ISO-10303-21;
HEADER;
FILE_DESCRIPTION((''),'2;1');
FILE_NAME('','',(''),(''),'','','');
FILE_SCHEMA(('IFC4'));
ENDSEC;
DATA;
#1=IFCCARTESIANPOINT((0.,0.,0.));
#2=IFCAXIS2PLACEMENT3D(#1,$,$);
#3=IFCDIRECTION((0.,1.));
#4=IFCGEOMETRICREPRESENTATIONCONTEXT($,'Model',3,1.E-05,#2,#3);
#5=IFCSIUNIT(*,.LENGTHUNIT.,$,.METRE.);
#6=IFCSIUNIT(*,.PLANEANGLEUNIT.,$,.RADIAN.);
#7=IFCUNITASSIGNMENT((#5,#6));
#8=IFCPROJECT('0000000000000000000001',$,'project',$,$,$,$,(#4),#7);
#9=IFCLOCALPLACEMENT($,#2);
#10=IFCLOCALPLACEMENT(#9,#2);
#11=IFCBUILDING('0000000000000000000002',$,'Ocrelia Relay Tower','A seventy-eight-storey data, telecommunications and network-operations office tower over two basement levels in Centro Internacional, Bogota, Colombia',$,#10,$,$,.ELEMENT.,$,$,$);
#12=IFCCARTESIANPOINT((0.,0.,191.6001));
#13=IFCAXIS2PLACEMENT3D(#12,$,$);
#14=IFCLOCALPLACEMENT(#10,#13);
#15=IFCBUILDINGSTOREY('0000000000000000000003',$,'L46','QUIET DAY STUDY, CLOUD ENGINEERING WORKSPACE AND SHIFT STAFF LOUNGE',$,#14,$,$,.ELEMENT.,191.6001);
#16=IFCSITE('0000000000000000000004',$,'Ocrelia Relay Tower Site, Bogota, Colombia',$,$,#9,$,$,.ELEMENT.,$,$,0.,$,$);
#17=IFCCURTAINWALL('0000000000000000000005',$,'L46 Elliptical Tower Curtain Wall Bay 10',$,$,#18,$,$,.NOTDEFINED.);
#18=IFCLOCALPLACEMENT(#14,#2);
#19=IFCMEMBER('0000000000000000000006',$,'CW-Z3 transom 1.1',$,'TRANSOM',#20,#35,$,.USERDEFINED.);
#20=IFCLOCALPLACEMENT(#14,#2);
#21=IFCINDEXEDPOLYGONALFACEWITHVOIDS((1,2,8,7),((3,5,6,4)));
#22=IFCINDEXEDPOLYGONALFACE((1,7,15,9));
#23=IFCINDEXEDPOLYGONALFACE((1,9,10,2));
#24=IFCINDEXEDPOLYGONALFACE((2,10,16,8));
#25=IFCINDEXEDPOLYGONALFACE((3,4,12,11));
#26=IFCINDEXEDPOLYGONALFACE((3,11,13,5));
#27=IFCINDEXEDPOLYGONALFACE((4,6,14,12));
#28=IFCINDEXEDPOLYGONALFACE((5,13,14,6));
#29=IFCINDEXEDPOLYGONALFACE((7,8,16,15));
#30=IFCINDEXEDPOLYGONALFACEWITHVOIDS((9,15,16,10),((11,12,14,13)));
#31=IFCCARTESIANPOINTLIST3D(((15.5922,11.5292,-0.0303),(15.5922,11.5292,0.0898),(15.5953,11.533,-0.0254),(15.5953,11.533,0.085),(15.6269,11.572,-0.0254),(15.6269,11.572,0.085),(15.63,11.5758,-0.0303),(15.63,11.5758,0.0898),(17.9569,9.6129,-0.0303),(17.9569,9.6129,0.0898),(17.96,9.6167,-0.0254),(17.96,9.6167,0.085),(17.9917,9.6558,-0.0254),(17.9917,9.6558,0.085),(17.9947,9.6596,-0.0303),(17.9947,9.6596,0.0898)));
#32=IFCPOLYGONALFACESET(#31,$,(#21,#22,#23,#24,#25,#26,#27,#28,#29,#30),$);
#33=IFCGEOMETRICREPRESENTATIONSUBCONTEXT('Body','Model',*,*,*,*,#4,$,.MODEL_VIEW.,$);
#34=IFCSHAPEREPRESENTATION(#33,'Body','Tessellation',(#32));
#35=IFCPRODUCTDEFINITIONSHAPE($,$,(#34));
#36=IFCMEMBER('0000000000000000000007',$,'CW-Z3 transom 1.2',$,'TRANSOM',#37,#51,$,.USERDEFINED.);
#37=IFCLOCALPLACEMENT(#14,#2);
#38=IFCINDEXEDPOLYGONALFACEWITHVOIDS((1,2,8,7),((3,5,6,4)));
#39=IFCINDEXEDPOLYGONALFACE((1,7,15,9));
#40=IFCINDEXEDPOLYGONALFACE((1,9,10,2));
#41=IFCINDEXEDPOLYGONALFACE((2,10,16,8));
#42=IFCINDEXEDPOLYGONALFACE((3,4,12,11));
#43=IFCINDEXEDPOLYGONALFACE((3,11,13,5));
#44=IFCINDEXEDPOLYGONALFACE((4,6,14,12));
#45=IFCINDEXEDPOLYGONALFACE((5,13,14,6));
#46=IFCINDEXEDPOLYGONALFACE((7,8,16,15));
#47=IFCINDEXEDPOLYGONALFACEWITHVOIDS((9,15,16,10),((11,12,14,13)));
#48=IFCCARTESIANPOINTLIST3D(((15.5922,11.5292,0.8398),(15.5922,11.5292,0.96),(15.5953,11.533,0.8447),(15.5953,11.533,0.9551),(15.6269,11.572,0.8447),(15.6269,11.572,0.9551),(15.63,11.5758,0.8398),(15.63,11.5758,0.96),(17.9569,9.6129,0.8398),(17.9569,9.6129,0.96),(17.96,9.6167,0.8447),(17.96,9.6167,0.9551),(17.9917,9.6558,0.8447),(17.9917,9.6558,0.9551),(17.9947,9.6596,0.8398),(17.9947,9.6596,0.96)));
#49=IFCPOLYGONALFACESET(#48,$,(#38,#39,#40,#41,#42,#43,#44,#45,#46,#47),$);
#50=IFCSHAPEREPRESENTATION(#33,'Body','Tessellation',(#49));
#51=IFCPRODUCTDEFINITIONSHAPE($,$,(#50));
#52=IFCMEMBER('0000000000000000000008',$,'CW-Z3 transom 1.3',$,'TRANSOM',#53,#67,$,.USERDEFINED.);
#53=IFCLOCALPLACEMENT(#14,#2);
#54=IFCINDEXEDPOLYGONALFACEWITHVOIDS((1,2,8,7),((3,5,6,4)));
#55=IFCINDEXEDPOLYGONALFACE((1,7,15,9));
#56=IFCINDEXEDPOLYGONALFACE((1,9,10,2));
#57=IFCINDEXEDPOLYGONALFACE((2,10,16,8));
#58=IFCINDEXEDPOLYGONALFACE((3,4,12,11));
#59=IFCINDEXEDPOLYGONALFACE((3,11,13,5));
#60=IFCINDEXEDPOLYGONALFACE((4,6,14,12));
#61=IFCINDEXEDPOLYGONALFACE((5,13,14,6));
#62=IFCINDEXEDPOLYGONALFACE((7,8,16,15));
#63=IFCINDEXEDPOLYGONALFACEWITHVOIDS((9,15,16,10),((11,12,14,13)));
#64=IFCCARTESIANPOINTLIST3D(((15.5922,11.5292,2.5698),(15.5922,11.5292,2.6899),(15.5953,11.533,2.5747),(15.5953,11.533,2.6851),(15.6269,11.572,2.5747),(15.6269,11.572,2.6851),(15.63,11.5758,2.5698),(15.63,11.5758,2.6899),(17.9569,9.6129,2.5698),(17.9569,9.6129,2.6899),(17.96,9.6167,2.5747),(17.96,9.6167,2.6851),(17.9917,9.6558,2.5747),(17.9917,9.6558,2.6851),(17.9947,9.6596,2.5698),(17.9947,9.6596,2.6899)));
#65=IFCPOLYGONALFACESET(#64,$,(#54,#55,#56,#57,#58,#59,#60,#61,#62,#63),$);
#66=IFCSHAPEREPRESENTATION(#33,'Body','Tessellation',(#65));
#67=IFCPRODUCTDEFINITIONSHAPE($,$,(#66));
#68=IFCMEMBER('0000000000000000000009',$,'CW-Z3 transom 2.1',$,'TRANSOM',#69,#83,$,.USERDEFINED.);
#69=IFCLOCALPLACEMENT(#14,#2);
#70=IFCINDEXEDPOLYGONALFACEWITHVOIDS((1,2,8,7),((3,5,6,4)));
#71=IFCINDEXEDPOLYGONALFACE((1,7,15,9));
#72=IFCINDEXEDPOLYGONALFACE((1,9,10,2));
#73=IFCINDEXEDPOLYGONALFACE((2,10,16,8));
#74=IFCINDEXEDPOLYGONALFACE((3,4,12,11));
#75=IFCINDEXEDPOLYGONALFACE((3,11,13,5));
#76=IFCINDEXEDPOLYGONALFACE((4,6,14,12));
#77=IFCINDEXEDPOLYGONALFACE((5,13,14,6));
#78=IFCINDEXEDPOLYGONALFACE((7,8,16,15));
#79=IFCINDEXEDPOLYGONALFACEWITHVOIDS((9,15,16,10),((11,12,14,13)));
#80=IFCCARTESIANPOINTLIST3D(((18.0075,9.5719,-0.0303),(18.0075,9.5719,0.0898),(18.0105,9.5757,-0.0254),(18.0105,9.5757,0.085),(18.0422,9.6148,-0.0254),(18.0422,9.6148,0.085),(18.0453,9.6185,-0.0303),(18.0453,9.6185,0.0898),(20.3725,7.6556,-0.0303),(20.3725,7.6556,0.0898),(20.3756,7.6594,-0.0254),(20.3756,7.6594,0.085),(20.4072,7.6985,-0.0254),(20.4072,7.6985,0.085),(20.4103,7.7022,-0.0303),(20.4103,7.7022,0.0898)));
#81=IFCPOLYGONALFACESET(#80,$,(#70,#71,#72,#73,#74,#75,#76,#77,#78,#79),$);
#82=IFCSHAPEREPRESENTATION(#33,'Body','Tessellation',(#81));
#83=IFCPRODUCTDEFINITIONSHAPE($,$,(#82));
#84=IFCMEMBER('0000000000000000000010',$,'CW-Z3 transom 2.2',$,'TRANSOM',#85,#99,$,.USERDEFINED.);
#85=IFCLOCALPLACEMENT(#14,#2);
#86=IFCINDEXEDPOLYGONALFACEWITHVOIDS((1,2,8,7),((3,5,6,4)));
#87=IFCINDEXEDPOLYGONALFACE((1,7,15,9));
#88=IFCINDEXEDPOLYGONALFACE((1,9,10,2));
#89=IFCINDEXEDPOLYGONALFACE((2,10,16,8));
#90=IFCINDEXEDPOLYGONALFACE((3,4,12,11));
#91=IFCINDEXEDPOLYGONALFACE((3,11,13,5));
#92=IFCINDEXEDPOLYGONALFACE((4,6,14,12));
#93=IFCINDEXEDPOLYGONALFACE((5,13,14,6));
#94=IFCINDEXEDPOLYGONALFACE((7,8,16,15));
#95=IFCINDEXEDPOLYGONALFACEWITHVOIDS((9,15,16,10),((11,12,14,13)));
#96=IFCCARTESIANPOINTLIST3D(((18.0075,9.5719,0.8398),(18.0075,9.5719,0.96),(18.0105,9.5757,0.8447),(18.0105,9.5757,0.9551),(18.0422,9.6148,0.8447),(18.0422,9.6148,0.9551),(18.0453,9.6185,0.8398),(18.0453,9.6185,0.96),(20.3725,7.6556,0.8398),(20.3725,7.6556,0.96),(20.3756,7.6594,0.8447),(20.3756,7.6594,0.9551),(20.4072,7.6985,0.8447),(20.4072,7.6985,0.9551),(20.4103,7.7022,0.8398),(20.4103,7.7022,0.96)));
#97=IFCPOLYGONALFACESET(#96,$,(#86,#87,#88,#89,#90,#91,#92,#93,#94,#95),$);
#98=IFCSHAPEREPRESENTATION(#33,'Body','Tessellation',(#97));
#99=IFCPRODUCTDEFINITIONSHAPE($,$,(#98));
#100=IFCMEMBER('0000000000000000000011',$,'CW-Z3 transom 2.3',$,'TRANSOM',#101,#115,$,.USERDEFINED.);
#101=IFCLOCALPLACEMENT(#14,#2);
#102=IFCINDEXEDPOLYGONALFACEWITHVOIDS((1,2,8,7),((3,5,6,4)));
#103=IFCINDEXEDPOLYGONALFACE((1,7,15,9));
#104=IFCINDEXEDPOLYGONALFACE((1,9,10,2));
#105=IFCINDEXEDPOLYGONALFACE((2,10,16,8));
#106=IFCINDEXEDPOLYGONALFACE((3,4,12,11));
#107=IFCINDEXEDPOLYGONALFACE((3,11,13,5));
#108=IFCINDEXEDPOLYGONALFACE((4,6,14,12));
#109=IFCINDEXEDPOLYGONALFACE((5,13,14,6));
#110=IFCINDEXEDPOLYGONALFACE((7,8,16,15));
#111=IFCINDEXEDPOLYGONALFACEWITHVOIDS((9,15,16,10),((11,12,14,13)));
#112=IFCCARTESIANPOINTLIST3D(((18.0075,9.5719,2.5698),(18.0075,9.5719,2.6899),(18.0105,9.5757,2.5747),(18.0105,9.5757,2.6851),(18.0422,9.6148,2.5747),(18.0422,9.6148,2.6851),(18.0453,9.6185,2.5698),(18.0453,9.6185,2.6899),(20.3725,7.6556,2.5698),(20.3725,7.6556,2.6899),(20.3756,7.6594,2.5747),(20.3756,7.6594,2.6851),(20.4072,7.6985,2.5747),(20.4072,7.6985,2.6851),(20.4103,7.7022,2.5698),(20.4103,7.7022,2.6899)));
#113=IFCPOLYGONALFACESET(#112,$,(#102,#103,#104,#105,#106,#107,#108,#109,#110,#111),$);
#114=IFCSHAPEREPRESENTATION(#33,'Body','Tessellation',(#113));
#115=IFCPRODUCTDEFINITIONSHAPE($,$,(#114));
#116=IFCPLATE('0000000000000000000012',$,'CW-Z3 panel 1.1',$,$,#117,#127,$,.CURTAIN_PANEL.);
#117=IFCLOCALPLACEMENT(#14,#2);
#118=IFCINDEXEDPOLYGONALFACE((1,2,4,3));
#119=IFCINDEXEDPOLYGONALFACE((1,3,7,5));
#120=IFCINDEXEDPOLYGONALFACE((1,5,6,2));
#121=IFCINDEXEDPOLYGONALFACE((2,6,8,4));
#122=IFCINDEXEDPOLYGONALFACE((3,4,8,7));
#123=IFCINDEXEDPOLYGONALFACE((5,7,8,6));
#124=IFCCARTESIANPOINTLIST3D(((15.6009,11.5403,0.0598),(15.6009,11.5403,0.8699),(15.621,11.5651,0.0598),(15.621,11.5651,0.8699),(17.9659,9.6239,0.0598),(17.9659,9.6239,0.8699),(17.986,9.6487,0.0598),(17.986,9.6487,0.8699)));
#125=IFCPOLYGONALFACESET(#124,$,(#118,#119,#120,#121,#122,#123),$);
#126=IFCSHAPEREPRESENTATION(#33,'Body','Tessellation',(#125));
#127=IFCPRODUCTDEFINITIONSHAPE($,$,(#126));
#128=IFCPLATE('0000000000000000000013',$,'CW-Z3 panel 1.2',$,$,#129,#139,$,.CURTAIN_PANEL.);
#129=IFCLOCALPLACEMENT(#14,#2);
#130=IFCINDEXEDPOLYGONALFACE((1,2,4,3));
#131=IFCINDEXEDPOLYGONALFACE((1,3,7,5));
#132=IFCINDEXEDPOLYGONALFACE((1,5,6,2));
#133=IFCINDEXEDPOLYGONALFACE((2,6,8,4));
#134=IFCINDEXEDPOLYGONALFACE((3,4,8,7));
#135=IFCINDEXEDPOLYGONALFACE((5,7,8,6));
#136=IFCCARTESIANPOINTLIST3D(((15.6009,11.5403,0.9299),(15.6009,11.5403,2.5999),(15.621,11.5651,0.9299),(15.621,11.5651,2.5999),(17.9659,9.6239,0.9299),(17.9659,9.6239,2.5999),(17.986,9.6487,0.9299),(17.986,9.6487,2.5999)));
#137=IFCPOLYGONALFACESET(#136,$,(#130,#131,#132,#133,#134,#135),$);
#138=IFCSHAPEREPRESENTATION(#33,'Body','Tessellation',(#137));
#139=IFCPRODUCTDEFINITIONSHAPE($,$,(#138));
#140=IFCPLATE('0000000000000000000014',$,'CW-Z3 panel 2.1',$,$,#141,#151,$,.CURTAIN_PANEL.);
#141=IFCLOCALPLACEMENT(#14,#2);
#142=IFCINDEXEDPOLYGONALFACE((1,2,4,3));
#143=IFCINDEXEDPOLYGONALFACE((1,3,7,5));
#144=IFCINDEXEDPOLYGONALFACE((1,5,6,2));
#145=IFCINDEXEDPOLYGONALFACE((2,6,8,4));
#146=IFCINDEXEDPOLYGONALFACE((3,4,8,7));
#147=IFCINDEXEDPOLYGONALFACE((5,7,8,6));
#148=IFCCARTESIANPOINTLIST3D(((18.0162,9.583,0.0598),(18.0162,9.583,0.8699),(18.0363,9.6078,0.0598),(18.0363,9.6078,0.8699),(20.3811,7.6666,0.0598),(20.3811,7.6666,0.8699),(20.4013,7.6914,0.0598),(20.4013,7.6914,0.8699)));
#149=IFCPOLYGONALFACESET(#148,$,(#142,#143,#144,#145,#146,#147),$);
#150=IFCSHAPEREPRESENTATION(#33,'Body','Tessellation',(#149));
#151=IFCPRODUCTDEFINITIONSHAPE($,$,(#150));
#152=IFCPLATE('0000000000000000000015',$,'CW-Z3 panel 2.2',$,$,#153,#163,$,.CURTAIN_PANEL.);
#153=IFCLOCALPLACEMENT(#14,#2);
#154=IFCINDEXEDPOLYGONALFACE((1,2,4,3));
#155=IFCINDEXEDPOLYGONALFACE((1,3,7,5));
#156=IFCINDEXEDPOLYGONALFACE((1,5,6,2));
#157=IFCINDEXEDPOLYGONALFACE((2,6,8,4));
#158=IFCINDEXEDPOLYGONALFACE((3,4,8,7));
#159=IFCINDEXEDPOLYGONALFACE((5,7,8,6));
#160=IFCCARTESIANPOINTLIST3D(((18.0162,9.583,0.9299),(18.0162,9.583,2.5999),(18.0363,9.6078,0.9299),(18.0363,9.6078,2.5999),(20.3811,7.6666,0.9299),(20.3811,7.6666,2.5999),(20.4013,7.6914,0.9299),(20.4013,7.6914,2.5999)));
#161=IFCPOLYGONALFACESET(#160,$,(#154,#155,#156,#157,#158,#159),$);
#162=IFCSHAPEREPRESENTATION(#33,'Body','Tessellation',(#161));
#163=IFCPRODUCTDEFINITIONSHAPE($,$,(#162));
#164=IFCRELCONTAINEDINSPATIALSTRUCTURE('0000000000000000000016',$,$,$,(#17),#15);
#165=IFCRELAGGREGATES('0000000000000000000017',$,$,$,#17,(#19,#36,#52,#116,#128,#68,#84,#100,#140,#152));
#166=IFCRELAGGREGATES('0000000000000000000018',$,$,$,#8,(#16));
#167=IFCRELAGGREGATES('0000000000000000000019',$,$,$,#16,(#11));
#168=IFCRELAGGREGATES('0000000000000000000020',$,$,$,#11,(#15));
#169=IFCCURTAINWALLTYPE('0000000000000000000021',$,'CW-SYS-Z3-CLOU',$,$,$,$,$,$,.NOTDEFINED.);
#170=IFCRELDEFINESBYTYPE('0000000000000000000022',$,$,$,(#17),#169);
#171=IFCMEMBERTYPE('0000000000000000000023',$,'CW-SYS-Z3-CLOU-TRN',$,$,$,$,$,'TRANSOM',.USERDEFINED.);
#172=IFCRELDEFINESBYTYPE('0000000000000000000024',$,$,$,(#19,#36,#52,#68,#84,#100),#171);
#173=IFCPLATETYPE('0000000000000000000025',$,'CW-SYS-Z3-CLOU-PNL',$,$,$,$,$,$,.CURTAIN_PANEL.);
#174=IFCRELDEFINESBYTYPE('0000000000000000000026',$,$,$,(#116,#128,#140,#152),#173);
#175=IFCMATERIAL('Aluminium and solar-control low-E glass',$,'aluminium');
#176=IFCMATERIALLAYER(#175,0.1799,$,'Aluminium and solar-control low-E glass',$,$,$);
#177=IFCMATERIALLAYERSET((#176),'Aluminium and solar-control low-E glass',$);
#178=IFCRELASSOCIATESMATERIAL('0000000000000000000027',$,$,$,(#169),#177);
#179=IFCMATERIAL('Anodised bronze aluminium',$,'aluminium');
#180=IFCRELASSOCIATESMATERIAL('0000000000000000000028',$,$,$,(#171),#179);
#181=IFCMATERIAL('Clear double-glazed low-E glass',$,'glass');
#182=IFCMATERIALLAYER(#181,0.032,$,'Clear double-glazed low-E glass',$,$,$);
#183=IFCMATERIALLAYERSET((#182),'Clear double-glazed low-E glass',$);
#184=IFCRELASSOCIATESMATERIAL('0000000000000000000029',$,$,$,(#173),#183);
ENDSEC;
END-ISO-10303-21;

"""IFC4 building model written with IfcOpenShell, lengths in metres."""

from ifc_helpers import new_model, si_unit, direction, frame, origin, origin_2d, place, context, subcontext, project, spatial, rectangle, hollow_rectangle, extrude, material, layer, layer_set, material_profile, profile_set, type_object, element, aggregate, save


model = new_model("IFC4")

# Units and contexts
model_context = context("Model", 3, precision=1e-05, world=origin(), true_north=direction((0.0, 1.0)))
body_context = subcontext(model_context, "Body", "Model", "MODEL_VIEW")
ifc_project = project(units=[si_unit("LENGTHUNIT", "METRE"), si_unit("PLANEANGLEUNIT", "RADIAN")], contexts=[model_context])

# Site, building, storey
site_placement = place(None, origin())
site = spatial("IfcSite", under=ifc_project, at=site_placement, Name="Ocrelia Relay Tower Site, Bogota, Colombia", CompositionType="ELEMENT", RefElevation=0.0)
building_placement = place(site_placement, origin())
building = spatial("IfcBuilding", under=site, at=building_placement, Name="Ocrelia Relay Tower", Description="A seventy-eight-storey data, telecommunications and network-operations office tower over two basement levels in Centro Internacional, Bogota, Colombia", CompositionType="ELEMENT")
storey_placement = place(building_placement, frame((0.0, 0.0, 191.6001)))
storey = spatial("IfcBuildingStorey", under=building, at=storey_placement, Name="L46", Description="QUIET DAY STUDY, CLOUD ENGINEERING WORKSPACE AND SHIFT STAFF LOUNGE", CompositionType="ELEMENT", Elevation=191.6001)

# Curtain wall, members, plates
ifc_material_1 = material(Name="Aluminium and solar-control low-E glass", Category="aluminium")
ifc_layer_1 = layer(ifc_material_1, 0.1799, Name="Aluminium and solar-control low-E glass")
ifc_layer_set_1 = layer_set([ifc_layer_1], Name="Aluminium and solar-control low-E glass")
curtain_wall_type = type_object("IfcCurtainWallType", Name="CW-SYS-Z3-CLOU", PredefinedType="NOTDEFINED", material=ifc_layer_set_1)
curtain_wall_placement = place(storey_placement, origin())
curtain_wall = element("IfcCurtainWall", 1, at=curtain_wall_placement, inside=storey, type_object=curtain_wall_type, Name="L46 Elliptical Tower Curtain Wall Bay 10", PredefinedType="NOTDEFINED")
ifc_material_2 = material(Name="Anodised bronze aluminium", Category="aluminium")
ifc_material_profile_1 = material_profile(ifc_material_2, hollow_rectangle(XDim=0.0601, YDim=0.1201, WallThickness=0.0049, at=origin_2d()), Name="CW-TRN-120x60")
ifc_profile_set_1 = profile_set([ifc_material_profile_1], Name="Anodised bronze aluminium")
member_type_1 = type_object("IfcMemberType", Name="CW-SYS-Z3-CLOU-TRN", ElementType="TRANSOM", PredefinedType="USERDEFINED", material=ifc_profile_set_1)
member_1_placement = place(storey_placement, frame((15.6111, 11.5525, 0.0298), z_axis=(0.776933, -0.629583, 0.0), x_axis=(0.629583, 0.776933, 0.0)))
member_1 = element("IfcMember", 2, at=member_1_placement, type_object=member_type_1, Name="CW-Z3 transom 1.1", ObjectType="TRANSOM", PredefinedType="USERDEFINED", context=body_context, shape_type="SweptSolid", body=[
    extrude(hollow_rectangle(XDim=0.0601, YDim=0.1201, WallThickness=0.0049, at=origin_2d()), origin(), (0.0, 0.0, 1.0), 3.0437),
])
member_2_placement = place(storey_placement, frame((15.6111, 11.5525, 0.8999), z_axis=(0.776933, -0.629583, 0.0), x_axis=(0.629583, 0.776933, 0.0)))
member_2 = element("IfcMember", 3, at=member_2_placement, type_object=member_type_1, Name="CW-Z3 transom 1.2", ObjectType="TRANSOM", PredefinedType="USERDEFINED", context=body_context, shape_type="SweptSolid", body=[
    extrude(hollow_rectangle(XDim=0.0601, YDim=0.1201, WallThickness=0.0049, at=origin_2d()), origin(), (0.0, 0.0, 1.0), 3.0437),
])
member_3_placement = place(storey_placement, frame((15.6111, 11.5525, 2.6299), z_axis=(0.776933, -0.629583, 0.0), x_axis=(0.629583, 0.776933, 0.0)))
member_3 = element("IfcMember", 4, at=member_3_placement, type_object=member_type_1, Name="CW-Z3 transom 1.3", ObjectType="TRANSOM", PredefinedType="USERDEFINED", context=body_context, shape_type="SweptSolid", body=[
    extrude(hollow_rectangle(XDim=0.0601, YDim=0.1201, WallThickness=0.0049, at=origin_2d()), origin(), (0.0, 0.0, 1.0), 3.0437),
])
member_4_placement = place(storey_placement, frame((18.0264, 9.5952, 0.0298), z_axis=(0.776965, -0.629544, 0.0), x_axis=(0.629544, 0.776965, 0.0)))
member_4 = element("IfcMember", 5, at=member_4_placement, type_object=member_type_1, Name="CW-Z3 transom 2.1", ObjectType="TRANSOM", PredefinedType="USERDEFINED", context=body_context, shape_type="SweptSolid", body=[
    extrude(hollow_rectangle(XDim=0.0601, YDim=0.1201, WallThickness=0.0049, at=origin_2d()), origin(), (0.0, 0.0, 1.0), 3.0439),
])
member_5_placement = place(storey_placement, frame((18.0264, 9.5952, 0.8999), z_axis=(0.776965, -0.629544, 0.0), x_axis=(0.629544, 0.776965, 0.0)))
member_5 = element("IfcMember", 6, at=member_5_placement, type_object=member_type_1, Name="CW-Z3 transom 2.2", ObjectType="TRANSOM", PredefinedType="USERDEFINED", context=body_context, shape_type="SweptSolid", body=[
    extrude(hollow_rectangle(XDim=0.0601, YDim=0.1201, WallThickness=0.0049, at=origin_2d()), origin(), (0.0, 0.0, 1.0), 3.0439),
])
member_6_placement = place(storey_placement, frame((18.0264, 9.5952, 2.6299), z_axis=(0.776965, -0.629544, 0.0), x_axis=(0.629544, 0.776965, 0.0)))
member_6 = element("IfcMember", 7, at=member_6_placement, type_object=member_type_1, Name="CW-Z3 transom 2.3", ObjectType="TRANSOM", PredefinedType="USERDEFINED", context=body_context, shape_type="SweptSolid", body=[
    extrude(hollow_rectangle(XDim=0.0601, YDim=0.1201, WallThickness=0.0049, at=origin_2d()), origin(), (0.0, 0.0, 1.0), 3.0439),
])
ifc_material_3 = material(Name="Clear double-glazed low-E glass", Category="glass")
ifc_layer_2 = layer(ifc_material_3, 0.032, Name="Clear double-glazed low-E glass")
ifc_layer_set_2 = layer_set([ifc_layer_2], Name="Clear double-glazed low-E glass")
plate_type = type_object("IfcPlateType", Name="CW-SYS-Z3-CLOU-PNL", PredefinedType="CURTAIN_PANEL", material=ifc_layer_set_2)
plate_1_placement = place(storey_placement, frame((16.7935, 10.5945, 0.0598), z_axis=(0.0, 0.0, 1.0), x_axis=(0.776936, -0.62958, 0.0)))
plate_1 = element("IfcPlate", 8, at=plate_1_placement, type_object=plate_type, Name="CW-Z3 panel 1.1", PredefinedType="CURTAIN_PANEL", context=body_context, shape_type="SweptSolid", body=[
    extrude(rectangle(XDim=3.0439, YDim=0.032, at=origin_2d()), origin(), (0.0, 0.0, 1.0), 0.8101),
])
plate_2_placement = place(storey_placement, frame((16.7935, 10.5945, 0.9299), z_axis=(0.0, 0.0, 1.0), x_axis=(0.776936, -0.62958, 0.0)))
plate_2 = element("IfcPlate", 9, at=plate_2_placement, type_object=plate_type, Name="CW-Z3 panel 1.2", PredefinedType="CURTAIN_PANEL", context=body_context, shape_type="SweptSolid", body=[
    extrude(rectangle(XDim=3.0439, YDim=0.032, at=origin_2d()), origin(), (0.0, 0.0, 1.0), 1.6699),
])
plate_3_placement = place(storey_placement, frame((19.2087, 8.6372, 0.0598), z_axis=(0.0, 0.0, 1.0), x_axis=(0.776936, -0.62958, 0.0)))
plate_3 = element("IfcPlate", 10, at=plate_3_placement, type_object=plate_type, Name="CW-Z3 panel 2.1", PredefinedType="CURTAIN_PANEL", context=body_context, shape_type="SweptSolid", body=[
    extrude(rectangle(XDim=3.0439, YDim=0.032, at=origin_2d()), origin(), (0.0, 0.0, 1.0), 0.8101),
])
plate_4_placement = place(storey_placement, frame((19.2087, 8.6372, 0.9299), z_axis=(0.0, 0.0, 1.0), x_axis=(0.776936, -0.62958, 0.0)))
plate_4 = element("IfcPlate", 11, at=plate_4_placement, type_object=plate_type, Name="CW-Z3 panel 2.2", PredefinedType="CURTAIN_PANEL", context=body_context, shape_type="SweptSolid", body=[
    extrude(rectangle(XDim=3.0439, YDim=0.032, at=origin_2d()), origin(), (0.0, 0.0, 1.0), 1.6699),
])
aggregate(curtain_wall, [member_1, member_2, member_3, plate_1, plate_2, member_4, member_5, member_6, plate_3, plate_4])

save(model, "model.ifc")
